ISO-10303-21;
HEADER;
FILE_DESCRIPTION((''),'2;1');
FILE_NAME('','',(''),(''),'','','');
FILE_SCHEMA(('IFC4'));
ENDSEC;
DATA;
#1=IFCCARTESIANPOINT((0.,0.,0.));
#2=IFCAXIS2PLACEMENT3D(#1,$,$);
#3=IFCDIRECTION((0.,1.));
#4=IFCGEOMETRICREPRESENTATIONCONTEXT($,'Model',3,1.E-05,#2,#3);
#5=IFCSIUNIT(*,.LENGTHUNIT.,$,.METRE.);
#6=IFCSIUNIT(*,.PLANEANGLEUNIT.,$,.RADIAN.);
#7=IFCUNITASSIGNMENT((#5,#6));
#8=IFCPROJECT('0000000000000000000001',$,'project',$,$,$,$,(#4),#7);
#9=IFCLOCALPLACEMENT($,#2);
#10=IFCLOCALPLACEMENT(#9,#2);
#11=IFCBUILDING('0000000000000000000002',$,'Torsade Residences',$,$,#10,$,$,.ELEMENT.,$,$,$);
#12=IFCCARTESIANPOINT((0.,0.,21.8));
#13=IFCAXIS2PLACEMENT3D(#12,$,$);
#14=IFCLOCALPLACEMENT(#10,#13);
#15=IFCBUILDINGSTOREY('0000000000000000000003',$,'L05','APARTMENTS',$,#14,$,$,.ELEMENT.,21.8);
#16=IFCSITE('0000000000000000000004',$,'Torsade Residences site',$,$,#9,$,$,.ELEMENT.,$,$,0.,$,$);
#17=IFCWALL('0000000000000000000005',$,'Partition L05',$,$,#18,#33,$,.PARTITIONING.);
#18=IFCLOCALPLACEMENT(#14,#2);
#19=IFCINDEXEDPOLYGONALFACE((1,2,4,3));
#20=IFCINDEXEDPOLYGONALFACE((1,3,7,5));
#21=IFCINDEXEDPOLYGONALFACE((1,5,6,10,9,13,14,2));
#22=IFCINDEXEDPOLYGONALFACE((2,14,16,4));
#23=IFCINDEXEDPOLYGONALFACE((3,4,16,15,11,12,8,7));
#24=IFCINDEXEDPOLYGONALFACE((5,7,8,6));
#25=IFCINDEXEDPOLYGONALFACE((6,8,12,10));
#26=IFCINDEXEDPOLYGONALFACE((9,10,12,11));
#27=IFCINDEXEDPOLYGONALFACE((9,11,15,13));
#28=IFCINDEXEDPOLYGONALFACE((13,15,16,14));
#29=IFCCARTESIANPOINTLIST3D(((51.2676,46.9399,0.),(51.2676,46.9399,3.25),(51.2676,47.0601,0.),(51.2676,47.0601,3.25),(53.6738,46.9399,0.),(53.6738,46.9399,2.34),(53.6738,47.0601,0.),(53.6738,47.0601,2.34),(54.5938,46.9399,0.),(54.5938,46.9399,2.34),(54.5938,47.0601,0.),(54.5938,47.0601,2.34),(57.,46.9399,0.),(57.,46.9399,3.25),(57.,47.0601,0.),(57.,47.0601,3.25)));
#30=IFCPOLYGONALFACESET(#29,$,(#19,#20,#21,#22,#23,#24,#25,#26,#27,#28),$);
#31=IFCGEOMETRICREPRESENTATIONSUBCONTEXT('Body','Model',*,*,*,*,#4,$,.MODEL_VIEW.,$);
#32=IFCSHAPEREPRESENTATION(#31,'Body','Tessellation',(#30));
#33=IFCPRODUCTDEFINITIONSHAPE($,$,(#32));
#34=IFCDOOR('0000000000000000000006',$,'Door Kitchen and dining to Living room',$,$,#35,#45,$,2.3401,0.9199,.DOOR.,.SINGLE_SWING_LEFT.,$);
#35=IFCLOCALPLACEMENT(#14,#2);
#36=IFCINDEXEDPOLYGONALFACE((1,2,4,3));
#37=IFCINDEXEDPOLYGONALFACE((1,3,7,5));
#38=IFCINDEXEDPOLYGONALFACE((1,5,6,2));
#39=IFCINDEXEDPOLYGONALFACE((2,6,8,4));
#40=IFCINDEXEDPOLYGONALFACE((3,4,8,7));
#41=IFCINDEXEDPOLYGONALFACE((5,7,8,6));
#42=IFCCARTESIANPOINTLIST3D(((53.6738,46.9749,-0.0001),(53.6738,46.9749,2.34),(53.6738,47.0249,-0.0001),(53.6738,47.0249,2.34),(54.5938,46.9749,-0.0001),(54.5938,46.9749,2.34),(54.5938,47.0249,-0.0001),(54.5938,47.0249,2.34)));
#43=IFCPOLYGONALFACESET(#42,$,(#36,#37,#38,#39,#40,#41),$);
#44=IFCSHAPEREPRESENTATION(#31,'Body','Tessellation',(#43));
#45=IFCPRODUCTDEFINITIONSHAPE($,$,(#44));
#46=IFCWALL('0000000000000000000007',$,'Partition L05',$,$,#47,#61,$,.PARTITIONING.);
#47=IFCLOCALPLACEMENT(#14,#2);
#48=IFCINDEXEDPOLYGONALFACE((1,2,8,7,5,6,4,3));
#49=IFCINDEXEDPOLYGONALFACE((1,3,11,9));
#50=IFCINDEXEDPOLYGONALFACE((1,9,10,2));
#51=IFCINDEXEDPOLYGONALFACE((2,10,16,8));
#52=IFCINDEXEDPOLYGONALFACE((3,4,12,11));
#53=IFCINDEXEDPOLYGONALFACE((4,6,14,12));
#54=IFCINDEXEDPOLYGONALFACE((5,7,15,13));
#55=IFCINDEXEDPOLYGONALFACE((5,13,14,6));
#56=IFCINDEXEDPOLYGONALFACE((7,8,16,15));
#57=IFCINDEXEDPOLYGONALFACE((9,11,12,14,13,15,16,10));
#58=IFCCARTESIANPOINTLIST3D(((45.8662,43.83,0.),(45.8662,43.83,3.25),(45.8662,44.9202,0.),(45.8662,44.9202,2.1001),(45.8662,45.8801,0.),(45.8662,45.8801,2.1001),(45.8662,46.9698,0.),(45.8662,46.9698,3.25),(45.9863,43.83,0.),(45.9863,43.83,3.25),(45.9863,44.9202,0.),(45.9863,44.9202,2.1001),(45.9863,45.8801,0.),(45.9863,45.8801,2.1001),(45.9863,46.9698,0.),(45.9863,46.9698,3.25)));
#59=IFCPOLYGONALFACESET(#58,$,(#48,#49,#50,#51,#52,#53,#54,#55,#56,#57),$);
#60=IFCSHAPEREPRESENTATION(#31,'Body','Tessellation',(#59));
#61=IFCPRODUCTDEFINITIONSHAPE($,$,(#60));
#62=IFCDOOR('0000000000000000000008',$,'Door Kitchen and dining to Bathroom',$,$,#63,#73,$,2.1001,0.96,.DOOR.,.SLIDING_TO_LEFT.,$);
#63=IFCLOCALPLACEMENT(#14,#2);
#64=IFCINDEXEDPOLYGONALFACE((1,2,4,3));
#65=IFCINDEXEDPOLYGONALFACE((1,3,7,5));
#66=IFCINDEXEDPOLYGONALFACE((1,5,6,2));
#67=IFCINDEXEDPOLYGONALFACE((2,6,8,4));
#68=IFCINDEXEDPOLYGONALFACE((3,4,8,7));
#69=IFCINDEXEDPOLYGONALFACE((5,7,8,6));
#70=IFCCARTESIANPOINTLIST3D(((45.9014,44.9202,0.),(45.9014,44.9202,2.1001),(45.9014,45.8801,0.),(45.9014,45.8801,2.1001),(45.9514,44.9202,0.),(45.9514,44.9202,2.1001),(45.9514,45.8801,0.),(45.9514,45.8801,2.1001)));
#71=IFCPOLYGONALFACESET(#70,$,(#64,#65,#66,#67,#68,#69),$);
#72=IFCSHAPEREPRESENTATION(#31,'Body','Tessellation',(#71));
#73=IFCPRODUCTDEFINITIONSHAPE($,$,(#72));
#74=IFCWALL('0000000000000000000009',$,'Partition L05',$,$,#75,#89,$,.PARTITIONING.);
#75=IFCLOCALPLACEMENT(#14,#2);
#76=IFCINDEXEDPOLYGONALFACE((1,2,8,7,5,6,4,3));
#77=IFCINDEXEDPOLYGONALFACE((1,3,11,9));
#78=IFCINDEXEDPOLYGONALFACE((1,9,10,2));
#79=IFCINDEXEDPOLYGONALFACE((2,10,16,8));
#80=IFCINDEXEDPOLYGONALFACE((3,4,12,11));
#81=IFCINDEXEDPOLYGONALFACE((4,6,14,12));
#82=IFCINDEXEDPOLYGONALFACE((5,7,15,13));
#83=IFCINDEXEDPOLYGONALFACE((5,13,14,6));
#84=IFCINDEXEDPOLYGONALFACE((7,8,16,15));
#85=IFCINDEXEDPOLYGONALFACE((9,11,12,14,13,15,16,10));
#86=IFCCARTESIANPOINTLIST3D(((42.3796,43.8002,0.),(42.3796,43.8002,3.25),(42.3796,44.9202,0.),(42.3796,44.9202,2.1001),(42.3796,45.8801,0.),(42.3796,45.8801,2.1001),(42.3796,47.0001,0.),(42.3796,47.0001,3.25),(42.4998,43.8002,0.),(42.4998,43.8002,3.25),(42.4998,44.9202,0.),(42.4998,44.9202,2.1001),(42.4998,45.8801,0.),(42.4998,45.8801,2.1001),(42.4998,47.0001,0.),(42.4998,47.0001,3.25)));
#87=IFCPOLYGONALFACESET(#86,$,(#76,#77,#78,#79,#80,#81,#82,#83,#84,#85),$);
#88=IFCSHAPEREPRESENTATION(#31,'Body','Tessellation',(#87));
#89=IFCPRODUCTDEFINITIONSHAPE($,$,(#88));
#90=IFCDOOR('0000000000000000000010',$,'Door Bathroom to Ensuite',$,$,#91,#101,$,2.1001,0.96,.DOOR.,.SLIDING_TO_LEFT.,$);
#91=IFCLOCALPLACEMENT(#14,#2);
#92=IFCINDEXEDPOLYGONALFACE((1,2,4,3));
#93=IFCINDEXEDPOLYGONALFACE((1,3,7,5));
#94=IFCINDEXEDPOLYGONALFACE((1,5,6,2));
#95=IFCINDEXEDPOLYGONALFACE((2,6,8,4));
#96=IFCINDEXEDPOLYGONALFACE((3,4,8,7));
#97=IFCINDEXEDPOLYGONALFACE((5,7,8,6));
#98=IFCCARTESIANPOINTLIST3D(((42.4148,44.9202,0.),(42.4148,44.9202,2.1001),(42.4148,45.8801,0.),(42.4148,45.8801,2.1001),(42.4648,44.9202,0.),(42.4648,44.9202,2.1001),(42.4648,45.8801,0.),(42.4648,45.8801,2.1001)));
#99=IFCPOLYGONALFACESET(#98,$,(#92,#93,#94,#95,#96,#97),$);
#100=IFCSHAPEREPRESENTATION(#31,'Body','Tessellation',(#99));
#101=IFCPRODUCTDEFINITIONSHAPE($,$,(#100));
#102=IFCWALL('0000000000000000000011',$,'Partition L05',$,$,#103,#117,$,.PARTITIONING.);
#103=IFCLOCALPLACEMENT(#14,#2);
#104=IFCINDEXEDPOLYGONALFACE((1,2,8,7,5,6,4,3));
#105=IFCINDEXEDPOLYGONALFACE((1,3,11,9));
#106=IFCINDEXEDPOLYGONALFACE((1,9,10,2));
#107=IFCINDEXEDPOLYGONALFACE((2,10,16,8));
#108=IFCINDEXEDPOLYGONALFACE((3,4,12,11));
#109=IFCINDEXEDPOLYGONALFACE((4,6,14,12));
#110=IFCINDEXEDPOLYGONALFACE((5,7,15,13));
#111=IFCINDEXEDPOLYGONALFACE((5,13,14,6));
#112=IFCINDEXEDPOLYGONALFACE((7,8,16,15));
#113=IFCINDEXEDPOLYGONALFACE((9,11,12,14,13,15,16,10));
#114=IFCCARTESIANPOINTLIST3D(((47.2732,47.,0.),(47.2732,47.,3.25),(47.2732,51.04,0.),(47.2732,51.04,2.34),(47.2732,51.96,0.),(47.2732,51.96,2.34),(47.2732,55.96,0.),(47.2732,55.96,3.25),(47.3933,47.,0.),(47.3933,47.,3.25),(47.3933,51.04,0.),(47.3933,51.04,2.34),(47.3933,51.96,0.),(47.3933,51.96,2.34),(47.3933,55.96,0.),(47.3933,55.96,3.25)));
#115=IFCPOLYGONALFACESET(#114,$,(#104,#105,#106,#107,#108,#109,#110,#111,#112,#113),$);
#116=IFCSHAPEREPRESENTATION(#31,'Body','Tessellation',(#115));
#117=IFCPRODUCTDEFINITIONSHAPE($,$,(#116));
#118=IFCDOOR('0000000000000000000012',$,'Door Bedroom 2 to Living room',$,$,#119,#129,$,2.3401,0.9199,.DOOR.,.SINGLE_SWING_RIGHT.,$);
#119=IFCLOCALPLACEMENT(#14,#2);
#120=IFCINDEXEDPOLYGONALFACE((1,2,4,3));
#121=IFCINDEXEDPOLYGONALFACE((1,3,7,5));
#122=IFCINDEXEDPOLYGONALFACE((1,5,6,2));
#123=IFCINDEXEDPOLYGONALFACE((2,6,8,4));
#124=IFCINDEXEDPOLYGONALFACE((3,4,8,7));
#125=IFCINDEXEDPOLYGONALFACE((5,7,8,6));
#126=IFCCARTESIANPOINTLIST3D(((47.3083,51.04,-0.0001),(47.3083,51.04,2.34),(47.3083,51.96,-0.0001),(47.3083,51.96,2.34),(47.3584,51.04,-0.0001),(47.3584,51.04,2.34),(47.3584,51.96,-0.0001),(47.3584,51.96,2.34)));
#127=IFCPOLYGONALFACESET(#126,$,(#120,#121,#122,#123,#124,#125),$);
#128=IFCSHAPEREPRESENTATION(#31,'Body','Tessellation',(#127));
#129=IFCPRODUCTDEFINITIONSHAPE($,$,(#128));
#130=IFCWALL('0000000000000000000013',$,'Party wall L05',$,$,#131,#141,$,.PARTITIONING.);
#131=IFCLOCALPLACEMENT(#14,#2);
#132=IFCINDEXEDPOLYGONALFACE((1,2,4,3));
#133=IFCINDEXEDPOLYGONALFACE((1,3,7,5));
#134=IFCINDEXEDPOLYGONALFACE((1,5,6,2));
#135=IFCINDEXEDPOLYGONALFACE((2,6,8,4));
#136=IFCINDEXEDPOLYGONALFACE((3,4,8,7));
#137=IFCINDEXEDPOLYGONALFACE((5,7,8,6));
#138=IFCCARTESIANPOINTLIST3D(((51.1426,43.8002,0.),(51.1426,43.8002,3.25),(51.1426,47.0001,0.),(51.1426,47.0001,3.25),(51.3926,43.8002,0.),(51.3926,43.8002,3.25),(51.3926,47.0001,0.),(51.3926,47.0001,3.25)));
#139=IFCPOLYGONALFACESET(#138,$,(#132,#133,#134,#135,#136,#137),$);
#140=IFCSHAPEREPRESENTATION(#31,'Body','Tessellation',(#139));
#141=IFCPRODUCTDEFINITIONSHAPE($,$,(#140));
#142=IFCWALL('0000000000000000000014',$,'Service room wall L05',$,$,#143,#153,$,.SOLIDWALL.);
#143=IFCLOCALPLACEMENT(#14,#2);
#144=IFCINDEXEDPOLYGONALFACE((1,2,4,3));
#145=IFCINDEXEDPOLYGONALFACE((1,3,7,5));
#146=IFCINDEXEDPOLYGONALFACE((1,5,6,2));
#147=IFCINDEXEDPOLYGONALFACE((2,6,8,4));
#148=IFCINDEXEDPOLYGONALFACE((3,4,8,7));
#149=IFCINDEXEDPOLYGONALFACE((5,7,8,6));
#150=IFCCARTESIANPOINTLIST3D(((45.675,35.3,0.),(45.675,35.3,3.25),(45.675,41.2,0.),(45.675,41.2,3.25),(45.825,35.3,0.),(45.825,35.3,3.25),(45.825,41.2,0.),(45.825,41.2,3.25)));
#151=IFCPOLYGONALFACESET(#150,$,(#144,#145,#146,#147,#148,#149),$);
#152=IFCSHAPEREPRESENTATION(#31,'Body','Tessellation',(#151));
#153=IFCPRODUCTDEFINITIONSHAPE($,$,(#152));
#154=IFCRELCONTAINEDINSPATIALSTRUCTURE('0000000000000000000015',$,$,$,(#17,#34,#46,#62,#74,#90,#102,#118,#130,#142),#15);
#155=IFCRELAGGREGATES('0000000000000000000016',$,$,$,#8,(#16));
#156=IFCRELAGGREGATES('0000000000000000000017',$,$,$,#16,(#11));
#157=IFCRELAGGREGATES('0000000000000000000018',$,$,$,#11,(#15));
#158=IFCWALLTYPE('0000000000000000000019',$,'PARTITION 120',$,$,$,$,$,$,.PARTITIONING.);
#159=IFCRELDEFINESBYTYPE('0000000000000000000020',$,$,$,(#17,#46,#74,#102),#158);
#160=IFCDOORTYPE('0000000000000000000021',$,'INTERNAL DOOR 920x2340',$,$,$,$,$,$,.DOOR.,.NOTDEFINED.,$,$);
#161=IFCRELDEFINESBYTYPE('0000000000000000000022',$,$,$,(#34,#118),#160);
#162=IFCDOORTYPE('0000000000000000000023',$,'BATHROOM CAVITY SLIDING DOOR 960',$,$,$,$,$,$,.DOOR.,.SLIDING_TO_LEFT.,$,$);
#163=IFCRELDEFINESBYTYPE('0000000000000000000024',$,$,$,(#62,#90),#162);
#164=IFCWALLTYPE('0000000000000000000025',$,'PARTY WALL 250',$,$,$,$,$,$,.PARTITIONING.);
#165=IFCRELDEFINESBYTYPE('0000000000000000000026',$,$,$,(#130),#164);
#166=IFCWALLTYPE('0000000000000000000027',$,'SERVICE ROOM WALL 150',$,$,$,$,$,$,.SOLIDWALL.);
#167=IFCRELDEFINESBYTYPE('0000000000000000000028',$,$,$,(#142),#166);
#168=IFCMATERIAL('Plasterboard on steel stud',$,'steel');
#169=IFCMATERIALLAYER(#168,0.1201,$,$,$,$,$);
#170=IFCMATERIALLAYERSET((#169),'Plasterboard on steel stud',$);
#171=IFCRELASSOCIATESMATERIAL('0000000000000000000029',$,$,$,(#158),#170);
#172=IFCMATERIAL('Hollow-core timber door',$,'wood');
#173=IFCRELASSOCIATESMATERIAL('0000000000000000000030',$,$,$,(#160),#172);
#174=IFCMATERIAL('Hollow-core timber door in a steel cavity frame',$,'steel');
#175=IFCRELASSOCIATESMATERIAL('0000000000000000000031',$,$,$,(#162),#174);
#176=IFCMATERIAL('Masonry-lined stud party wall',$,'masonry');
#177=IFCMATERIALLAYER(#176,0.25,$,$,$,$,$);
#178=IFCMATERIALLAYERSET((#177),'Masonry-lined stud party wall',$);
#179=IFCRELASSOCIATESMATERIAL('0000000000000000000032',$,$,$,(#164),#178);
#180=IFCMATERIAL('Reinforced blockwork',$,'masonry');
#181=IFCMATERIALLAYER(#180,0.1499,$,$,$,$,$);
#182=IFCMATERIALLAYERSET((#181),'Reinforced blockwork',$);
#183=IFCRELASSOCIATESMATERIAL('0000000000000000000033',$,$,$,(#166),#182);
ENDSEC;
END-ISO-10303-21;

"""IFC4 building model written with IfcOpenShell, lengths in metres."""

from ifc_helpers import new_model, si_unit, direction, frame, frame_2d, origin, place, context, subcontext, project, spatial, rectangle, extrude, material, layer, layer_set, type_object, element, fill, save


model = new_model("IFC4")

# Units and contexts
model_context = context("Model", 3, precision=1e-05, world=origin(), true_north=direction((0.0, 1.0)))
body_context = subcontext(model_context, "Body", "Model", "MODEL_VIEW")
ifc_project = project(units=[si_unit("LENGTHUNIT", "METRE"), si_unit("PLANEANGLEUNIT", "RADIAN")], contexts=[model_context])

# Site, building, storey
site_placement = place(None, origin())
site = spatial("IfcSite", under=ifc_project, at=site_placement, Name="Torsade Residences site", CompositionType="ELEMENT", RefElevation=0.0)
building_placement = place(site_placement, origin())
building = spatial("IfcBuilding", under=site, at=building_placement, Name="Torsade Residences", CompositionType="ELEMENT")
storey_placement = place(building_placement, frame((0.0, 0.0, 21.8)))
storey = spatial("IfcBuildingStorey", under=building, at=storey_placement, Name="L05", Description="APARTMENTS", CompositionType="ELEMENT", Elevation=21.8)

# Shared definitions
ifc_material_1 = material(Name="Plasterboard on steel stud", Category="steel")
ifc_layer_1 = layer(ifc_material_1, 0.1201)
ifc_layer_set_1 = layer_set([ifc_layer_1], Name="Plasterboard on steel stud")
wall_type_1 = type_object("IfcWallType", Name="PARTITION 120", PredefinedType="PARTITIONING", material=ifc_layer_set_1)

# Walls, openings, doors
wall_1_placement = place(storey_placement, frame((51.2676, 47.0, 0.0), z_axis=(0.0, 0.0, 1.0), x_axis=(1.0, 0.0, 0.0)))
wall_1 = element("IfcWall", 1, at=wall_1_placement, inside=storey, type_object=wall_type_1, Name="Partition L05", PredefinedType="PARTITIONING", context=body_context, shape_type="SweptSolid", body=[
    extrude(rectangle(XDim=5.7324, YDim=0.1201, at=frame_2d((2.8662, 0.0))), origin(), (0.0, 0.0, 1.0), 3.25),
])
opening_1_placement = place(wall_1_placement, frame((2.4062, 0.0, 0.0)))
opening_1 = element("IfcOpeningElement", 2, at=opening_1_placement, cuts=wall_1, PredefinedType="OPENING", context=body_context, shape_type="SweptSolid", body=[
    extrude(rectangle(XDim=0.9199, YDim=2.3401, at=frame_2d((0.46, 1.1699))), frame((0.0, 0.0701, 0.0), z_axis=(0.0, -1.0, 0.0), x_axis=(1.0, 0.0, 0.0)), (0.0, 0.0, 1.0), 0.1401),
])
ifc_material_2 = material(Name="Hollow-core timber door", Category="wood")
door_type_1 = type_object("IfcDoorType", Name="INTERNAL DOOR 920x2340", OperationType="NOTDEFINED", PredefinedType="DOOR", material=ifc_material_2)
door_1_placement = place(opening_1_placement, origin())
door_1 = element("IfcDoor", 3, at=door_1_placement, inside=storey, type_object=door_type_1, Name="Door Kitchen and dining to Living room", OperationType="SINGLE_SWING_LEFT", OverallHeight=2.3401, OverallWidth=0.9199, PredefinedType="DOOR", context=body_context, shape_type="SweptSolid", body=[
    extrude(rectangle(XDim=0.9199, YDim=2.3401, at=frame_2d((0.46, 1.1699))), frame((0.0, 0.0249, 0.0), z_axis=(0.0, -1.0, 0.0), x_axis=(1.0, 0.0, 0.0)), (0.0, 0.0, 1.0), 0.05),
])
fill(opening_1, door_1)
wall_2_placement = place(storey_placement, frame((45.9263, 43.8301, 0.0), z_axis=(0.0, 0.0, 1.0), x_axis=(0.0, 1.0, 0.0)))
wall_2 = element("IfcWall", 4, at=wall_2_placement, inside=storey, type_object=wall_type_1, Name="Partition L05", PredefinedType="PARTITIONING", context=body_context, shape_type="SweptSolid", body=[
    extrude(rectangle(XDim=3.1399, YDim=0.1201, at=frame_2d((1.5698, 0.0))), origin(), (0.0, 0.0, 1.0), 3.25),
])
opening_2_placement = place(wall_2_placement, frame((1.0901, 0.0, 0.0)))
opening_2 = element("IfcOpeningElement", 5, at=opening_2_placement, cuts=wall_2, PredefinedType="OPENING", context=body_context, shape_type="SweptSolid", body=[
    extrude(rectangle(XDim=0.96, YDim=2.1001, at=frame_2d((0.48, 1.05))), frame((0.0, 0.0701, 0.0), z_axis=(0.0, -1.0, 0.0), x_axis=(1.0, 0.0, 0.0)), (0.0, 0.0, 1.0), 0.1401),
])
ifc_material_3 = material(Name="Hollow-core timber door in a steel cavity frame", Category="steel")
door_type_2 = type_object("IfcDoorType", Name="BATHROOM CAVITY SLIDING DOOR 960", OperationType="SLIDING_TO_LEFT", PredefinedType="DOOR", material=ifc_material_3)
door_2_placement = place(opening_2_placement, origin())
door_2 = element("IfcDoor", 6, at=door_2_placement, inside=storey, type_object=door_type_2, Name="Door Kitchen and dining to Bathroom", OperationType="SLIDING_TO_LEFT", OverallHeight=2.1001, OverallWidth=0.96, PredefinedType="DOOR", context=body_context, shape_type="SweptSolid", body=[
    extrude(rectangle(XDim=0.96, YDim=2.1001, at=frame_2d((0.48, 1.05))), frame((0.0, 0.0249, 0.0), z_axis=(0.0, -1.0, 0.0), x_axis=(1.0, 0.0, 0.0)), (0.0, 0.0, 1.0), 0.05),
])
fill(opening_2, door_2)
wall_3_placement = place(storey_placement, frame((42.4397, 43.8, 0.0), z_axis=(0.0, 0.0, 1.0), x_axis=(0.0, 1.0, 0.0)))
wall_3 = element("IfcWall", 7, at=wall_3_placement, inside=storey, type_object=wall_type_1, Name="Partition L05", PredefinedType="PARTITIONING", context=body_context, shape_type="SweptSolid", body=[
    extrude(rectangle(XDim=3.2, YDim=0.1201, at=frame_2d((1.6001, 0.0))), origin(), (0.0, 0.0, 1.0), 3.25),
])
opening_3_placement = place(wall_3_placement, frame((1.1201, 0.0, 0.0)))
opening_3 = element("IfcOpeningElement", 8, at=opening_3_placement, cuts=wall_3, PredefinedType="OPENING", context=body_context, shape_type="SweptSolid", body=[
    extrude(rectangle(XDim=0.96, YDim=2.1001, at=frame_2d((0.48, 1.05))), frame((0.0, 0.0701, 0.0), z_axis=(0.0, -1.0, 0.0), x_axis=(1.0, 0.0, 0.0)), (0.0, 0.0, 1.0), 0.1401),
])
door_3_placement = place(opening_3_placement, origin())
door_3 = element("IfcDoor", 9, at=door_3_placement, inside=storey, type_object=door_type_2, Name="Door Bathroom to Ensuite", OperationType="SLIDING_TO_LEFT", OverallHeight=2.1001, OverallWidth=0.96, PredefinedType="DOOR", context=body_context, shape_type="SweptSolid", body=[
    extrude(rectangle(XDim=0.96, YDim=2.1001, at=frame_2d((0.48, 1.05))), frame((0.0, 0.0249, 0.0), z_axis=(0.0, -1.0, 0.0), x_axis=(1.0, 0.0, 0.0)), (0.0, 0.0, 1.0), 0.05),
])
fill(opening_3, door_3)
wall_4_placement = place(storey_placement, frame((47.3333, 47.0, 0.0), z_axis=(0.0, 0.0, 1.0), x_axis=(0.0, 1.0, 0.0)))
wall_4 = element("IfcWall", 10, at=wall_4_placement, inside=storey, type_object=wall_type_1, Name="Partition L05", PredefinedType="PARTITIONING", context=body_context, shape_type="SweptSolid", body=[
    extrude(rectangle(XDim=8.96, YDim=0.1201, at=frame_2d((4.48, 0.0))), origin(), (0.0, 0.0, 1.0), 3.25),
])
opening_4_placement = place(wall_4_placement, frame((4.04, 0.0, 0.0)))
opening_4 = element("IfcOpeningElement", 11, at=opening_4_placement, cuts=wall_4, PredefinedType="OPENING", context=body_context, shape_type="SweptSolid", body=[
    extrude(rectangle(XDim=0.9199, YDim=2.3401, at=frame_2d((0.46, 1.1699))), frame((0.0, 0.0701, 0.0), z_axis=(0.0, -1.0, 0.0), x_axis=(1.0, 0.0, 0.0)), (0.0, 0.0, 1.0), 0.1401),
])
door_4_placement = place(opening_4_placement, origin())
door_4 = element("IfcDoor", 12, at=door_4_placement, inside=storey, type_object=door_type_1, Name="Door Bedroom 2 to Living room", OperationType="SINGLE_SWING_RIGHT", OverallHeight=2.3401, OverallWidth=0.9199, PredefinedType="DOOR", context=body_context, shape_type="SweptSolid", body=[
    extrude(rectangle(XDim=0.9199, YDim=2.3401, at=frame_2d((0.46, 1.1699))), frame((0.0, 0.0249, 0.0), z_axis=(0.0, -1.0, 0.0), x_axis=(1.0, 0.0, 0.0)), (0.0, 0.0, 1.0), 0.05),
])
fill(opening_4, door_4)

# Walls
ifc_material_4 = material(Name="Masonry-lined stud party wall", Category="masonry")
ifc_layer_2 = layer(ifc_material_4, 0.25)
ifc_layer_set_2 = layer_set([ifc_layer_2], Name="Masonry-lined stud party wall")
wall_type_2 = type_object("IfcWallType", Name="PARTY WALL 250", PredefinedType="PARTITIONING", material=ifc_layer_set_2)
wall_5_placement = place(storey_placement, frame((51.2676, 43.8, 0.0), z_axis=(0.0, 0.0, 1.0), x_axis=(0.0, 1.0, 0.0)))
element("IfcWall", 13, at=wall_5_placement, inside=storey, type_object=wall_type_2, Name="Party wall L05", PredefinedType="PARTITIONING", context=body_context, shape_type="SweptSolid", body=[
    extrude(rectangle(XDim=3.2, YDim=0.25, at=frame_2d((1.6001, 0.0))), origin(), (0.0, 0.0, 1.0), 3.25),
])
ifc_material_5 = material(Name="Reinforced blockwork", Category="masonry")
ifc_layer_3 = layer(ifc_material_5, 0.1499)
ifc_layer_set_3 = layer_set([ifc_layer_3], Name="Reinforced blockwork")
wall_type_3 = type_object("IfcWallType", Name="SERVICE ROOM WALL 150", PredefinedType="SOLIDWALL", material=ifc_layer_set_3)
wall_6_placement = place(storey_placement, frame((45.75, 41.2, 0.0), z_axis=(0.0, 0.0, 1.0), x_axis=(0.0, -1.0, 0.0)))
element("IfcWall", 14, at=wall_6_placement, inside=storey, type_object=wall_type_3, Name="Service room wall L05", PredefinedType="SOLIDWALL", context=body_context, shape_type="SweptSolid", body=[
    extrude(rectangle(XDim=5.8999, YDim=0.1499, at=frame_2d((2.95, 0.0))), origin(), (0.0, 0.0, 1.0), 3.25),
])

save(model, "model.ifc")
